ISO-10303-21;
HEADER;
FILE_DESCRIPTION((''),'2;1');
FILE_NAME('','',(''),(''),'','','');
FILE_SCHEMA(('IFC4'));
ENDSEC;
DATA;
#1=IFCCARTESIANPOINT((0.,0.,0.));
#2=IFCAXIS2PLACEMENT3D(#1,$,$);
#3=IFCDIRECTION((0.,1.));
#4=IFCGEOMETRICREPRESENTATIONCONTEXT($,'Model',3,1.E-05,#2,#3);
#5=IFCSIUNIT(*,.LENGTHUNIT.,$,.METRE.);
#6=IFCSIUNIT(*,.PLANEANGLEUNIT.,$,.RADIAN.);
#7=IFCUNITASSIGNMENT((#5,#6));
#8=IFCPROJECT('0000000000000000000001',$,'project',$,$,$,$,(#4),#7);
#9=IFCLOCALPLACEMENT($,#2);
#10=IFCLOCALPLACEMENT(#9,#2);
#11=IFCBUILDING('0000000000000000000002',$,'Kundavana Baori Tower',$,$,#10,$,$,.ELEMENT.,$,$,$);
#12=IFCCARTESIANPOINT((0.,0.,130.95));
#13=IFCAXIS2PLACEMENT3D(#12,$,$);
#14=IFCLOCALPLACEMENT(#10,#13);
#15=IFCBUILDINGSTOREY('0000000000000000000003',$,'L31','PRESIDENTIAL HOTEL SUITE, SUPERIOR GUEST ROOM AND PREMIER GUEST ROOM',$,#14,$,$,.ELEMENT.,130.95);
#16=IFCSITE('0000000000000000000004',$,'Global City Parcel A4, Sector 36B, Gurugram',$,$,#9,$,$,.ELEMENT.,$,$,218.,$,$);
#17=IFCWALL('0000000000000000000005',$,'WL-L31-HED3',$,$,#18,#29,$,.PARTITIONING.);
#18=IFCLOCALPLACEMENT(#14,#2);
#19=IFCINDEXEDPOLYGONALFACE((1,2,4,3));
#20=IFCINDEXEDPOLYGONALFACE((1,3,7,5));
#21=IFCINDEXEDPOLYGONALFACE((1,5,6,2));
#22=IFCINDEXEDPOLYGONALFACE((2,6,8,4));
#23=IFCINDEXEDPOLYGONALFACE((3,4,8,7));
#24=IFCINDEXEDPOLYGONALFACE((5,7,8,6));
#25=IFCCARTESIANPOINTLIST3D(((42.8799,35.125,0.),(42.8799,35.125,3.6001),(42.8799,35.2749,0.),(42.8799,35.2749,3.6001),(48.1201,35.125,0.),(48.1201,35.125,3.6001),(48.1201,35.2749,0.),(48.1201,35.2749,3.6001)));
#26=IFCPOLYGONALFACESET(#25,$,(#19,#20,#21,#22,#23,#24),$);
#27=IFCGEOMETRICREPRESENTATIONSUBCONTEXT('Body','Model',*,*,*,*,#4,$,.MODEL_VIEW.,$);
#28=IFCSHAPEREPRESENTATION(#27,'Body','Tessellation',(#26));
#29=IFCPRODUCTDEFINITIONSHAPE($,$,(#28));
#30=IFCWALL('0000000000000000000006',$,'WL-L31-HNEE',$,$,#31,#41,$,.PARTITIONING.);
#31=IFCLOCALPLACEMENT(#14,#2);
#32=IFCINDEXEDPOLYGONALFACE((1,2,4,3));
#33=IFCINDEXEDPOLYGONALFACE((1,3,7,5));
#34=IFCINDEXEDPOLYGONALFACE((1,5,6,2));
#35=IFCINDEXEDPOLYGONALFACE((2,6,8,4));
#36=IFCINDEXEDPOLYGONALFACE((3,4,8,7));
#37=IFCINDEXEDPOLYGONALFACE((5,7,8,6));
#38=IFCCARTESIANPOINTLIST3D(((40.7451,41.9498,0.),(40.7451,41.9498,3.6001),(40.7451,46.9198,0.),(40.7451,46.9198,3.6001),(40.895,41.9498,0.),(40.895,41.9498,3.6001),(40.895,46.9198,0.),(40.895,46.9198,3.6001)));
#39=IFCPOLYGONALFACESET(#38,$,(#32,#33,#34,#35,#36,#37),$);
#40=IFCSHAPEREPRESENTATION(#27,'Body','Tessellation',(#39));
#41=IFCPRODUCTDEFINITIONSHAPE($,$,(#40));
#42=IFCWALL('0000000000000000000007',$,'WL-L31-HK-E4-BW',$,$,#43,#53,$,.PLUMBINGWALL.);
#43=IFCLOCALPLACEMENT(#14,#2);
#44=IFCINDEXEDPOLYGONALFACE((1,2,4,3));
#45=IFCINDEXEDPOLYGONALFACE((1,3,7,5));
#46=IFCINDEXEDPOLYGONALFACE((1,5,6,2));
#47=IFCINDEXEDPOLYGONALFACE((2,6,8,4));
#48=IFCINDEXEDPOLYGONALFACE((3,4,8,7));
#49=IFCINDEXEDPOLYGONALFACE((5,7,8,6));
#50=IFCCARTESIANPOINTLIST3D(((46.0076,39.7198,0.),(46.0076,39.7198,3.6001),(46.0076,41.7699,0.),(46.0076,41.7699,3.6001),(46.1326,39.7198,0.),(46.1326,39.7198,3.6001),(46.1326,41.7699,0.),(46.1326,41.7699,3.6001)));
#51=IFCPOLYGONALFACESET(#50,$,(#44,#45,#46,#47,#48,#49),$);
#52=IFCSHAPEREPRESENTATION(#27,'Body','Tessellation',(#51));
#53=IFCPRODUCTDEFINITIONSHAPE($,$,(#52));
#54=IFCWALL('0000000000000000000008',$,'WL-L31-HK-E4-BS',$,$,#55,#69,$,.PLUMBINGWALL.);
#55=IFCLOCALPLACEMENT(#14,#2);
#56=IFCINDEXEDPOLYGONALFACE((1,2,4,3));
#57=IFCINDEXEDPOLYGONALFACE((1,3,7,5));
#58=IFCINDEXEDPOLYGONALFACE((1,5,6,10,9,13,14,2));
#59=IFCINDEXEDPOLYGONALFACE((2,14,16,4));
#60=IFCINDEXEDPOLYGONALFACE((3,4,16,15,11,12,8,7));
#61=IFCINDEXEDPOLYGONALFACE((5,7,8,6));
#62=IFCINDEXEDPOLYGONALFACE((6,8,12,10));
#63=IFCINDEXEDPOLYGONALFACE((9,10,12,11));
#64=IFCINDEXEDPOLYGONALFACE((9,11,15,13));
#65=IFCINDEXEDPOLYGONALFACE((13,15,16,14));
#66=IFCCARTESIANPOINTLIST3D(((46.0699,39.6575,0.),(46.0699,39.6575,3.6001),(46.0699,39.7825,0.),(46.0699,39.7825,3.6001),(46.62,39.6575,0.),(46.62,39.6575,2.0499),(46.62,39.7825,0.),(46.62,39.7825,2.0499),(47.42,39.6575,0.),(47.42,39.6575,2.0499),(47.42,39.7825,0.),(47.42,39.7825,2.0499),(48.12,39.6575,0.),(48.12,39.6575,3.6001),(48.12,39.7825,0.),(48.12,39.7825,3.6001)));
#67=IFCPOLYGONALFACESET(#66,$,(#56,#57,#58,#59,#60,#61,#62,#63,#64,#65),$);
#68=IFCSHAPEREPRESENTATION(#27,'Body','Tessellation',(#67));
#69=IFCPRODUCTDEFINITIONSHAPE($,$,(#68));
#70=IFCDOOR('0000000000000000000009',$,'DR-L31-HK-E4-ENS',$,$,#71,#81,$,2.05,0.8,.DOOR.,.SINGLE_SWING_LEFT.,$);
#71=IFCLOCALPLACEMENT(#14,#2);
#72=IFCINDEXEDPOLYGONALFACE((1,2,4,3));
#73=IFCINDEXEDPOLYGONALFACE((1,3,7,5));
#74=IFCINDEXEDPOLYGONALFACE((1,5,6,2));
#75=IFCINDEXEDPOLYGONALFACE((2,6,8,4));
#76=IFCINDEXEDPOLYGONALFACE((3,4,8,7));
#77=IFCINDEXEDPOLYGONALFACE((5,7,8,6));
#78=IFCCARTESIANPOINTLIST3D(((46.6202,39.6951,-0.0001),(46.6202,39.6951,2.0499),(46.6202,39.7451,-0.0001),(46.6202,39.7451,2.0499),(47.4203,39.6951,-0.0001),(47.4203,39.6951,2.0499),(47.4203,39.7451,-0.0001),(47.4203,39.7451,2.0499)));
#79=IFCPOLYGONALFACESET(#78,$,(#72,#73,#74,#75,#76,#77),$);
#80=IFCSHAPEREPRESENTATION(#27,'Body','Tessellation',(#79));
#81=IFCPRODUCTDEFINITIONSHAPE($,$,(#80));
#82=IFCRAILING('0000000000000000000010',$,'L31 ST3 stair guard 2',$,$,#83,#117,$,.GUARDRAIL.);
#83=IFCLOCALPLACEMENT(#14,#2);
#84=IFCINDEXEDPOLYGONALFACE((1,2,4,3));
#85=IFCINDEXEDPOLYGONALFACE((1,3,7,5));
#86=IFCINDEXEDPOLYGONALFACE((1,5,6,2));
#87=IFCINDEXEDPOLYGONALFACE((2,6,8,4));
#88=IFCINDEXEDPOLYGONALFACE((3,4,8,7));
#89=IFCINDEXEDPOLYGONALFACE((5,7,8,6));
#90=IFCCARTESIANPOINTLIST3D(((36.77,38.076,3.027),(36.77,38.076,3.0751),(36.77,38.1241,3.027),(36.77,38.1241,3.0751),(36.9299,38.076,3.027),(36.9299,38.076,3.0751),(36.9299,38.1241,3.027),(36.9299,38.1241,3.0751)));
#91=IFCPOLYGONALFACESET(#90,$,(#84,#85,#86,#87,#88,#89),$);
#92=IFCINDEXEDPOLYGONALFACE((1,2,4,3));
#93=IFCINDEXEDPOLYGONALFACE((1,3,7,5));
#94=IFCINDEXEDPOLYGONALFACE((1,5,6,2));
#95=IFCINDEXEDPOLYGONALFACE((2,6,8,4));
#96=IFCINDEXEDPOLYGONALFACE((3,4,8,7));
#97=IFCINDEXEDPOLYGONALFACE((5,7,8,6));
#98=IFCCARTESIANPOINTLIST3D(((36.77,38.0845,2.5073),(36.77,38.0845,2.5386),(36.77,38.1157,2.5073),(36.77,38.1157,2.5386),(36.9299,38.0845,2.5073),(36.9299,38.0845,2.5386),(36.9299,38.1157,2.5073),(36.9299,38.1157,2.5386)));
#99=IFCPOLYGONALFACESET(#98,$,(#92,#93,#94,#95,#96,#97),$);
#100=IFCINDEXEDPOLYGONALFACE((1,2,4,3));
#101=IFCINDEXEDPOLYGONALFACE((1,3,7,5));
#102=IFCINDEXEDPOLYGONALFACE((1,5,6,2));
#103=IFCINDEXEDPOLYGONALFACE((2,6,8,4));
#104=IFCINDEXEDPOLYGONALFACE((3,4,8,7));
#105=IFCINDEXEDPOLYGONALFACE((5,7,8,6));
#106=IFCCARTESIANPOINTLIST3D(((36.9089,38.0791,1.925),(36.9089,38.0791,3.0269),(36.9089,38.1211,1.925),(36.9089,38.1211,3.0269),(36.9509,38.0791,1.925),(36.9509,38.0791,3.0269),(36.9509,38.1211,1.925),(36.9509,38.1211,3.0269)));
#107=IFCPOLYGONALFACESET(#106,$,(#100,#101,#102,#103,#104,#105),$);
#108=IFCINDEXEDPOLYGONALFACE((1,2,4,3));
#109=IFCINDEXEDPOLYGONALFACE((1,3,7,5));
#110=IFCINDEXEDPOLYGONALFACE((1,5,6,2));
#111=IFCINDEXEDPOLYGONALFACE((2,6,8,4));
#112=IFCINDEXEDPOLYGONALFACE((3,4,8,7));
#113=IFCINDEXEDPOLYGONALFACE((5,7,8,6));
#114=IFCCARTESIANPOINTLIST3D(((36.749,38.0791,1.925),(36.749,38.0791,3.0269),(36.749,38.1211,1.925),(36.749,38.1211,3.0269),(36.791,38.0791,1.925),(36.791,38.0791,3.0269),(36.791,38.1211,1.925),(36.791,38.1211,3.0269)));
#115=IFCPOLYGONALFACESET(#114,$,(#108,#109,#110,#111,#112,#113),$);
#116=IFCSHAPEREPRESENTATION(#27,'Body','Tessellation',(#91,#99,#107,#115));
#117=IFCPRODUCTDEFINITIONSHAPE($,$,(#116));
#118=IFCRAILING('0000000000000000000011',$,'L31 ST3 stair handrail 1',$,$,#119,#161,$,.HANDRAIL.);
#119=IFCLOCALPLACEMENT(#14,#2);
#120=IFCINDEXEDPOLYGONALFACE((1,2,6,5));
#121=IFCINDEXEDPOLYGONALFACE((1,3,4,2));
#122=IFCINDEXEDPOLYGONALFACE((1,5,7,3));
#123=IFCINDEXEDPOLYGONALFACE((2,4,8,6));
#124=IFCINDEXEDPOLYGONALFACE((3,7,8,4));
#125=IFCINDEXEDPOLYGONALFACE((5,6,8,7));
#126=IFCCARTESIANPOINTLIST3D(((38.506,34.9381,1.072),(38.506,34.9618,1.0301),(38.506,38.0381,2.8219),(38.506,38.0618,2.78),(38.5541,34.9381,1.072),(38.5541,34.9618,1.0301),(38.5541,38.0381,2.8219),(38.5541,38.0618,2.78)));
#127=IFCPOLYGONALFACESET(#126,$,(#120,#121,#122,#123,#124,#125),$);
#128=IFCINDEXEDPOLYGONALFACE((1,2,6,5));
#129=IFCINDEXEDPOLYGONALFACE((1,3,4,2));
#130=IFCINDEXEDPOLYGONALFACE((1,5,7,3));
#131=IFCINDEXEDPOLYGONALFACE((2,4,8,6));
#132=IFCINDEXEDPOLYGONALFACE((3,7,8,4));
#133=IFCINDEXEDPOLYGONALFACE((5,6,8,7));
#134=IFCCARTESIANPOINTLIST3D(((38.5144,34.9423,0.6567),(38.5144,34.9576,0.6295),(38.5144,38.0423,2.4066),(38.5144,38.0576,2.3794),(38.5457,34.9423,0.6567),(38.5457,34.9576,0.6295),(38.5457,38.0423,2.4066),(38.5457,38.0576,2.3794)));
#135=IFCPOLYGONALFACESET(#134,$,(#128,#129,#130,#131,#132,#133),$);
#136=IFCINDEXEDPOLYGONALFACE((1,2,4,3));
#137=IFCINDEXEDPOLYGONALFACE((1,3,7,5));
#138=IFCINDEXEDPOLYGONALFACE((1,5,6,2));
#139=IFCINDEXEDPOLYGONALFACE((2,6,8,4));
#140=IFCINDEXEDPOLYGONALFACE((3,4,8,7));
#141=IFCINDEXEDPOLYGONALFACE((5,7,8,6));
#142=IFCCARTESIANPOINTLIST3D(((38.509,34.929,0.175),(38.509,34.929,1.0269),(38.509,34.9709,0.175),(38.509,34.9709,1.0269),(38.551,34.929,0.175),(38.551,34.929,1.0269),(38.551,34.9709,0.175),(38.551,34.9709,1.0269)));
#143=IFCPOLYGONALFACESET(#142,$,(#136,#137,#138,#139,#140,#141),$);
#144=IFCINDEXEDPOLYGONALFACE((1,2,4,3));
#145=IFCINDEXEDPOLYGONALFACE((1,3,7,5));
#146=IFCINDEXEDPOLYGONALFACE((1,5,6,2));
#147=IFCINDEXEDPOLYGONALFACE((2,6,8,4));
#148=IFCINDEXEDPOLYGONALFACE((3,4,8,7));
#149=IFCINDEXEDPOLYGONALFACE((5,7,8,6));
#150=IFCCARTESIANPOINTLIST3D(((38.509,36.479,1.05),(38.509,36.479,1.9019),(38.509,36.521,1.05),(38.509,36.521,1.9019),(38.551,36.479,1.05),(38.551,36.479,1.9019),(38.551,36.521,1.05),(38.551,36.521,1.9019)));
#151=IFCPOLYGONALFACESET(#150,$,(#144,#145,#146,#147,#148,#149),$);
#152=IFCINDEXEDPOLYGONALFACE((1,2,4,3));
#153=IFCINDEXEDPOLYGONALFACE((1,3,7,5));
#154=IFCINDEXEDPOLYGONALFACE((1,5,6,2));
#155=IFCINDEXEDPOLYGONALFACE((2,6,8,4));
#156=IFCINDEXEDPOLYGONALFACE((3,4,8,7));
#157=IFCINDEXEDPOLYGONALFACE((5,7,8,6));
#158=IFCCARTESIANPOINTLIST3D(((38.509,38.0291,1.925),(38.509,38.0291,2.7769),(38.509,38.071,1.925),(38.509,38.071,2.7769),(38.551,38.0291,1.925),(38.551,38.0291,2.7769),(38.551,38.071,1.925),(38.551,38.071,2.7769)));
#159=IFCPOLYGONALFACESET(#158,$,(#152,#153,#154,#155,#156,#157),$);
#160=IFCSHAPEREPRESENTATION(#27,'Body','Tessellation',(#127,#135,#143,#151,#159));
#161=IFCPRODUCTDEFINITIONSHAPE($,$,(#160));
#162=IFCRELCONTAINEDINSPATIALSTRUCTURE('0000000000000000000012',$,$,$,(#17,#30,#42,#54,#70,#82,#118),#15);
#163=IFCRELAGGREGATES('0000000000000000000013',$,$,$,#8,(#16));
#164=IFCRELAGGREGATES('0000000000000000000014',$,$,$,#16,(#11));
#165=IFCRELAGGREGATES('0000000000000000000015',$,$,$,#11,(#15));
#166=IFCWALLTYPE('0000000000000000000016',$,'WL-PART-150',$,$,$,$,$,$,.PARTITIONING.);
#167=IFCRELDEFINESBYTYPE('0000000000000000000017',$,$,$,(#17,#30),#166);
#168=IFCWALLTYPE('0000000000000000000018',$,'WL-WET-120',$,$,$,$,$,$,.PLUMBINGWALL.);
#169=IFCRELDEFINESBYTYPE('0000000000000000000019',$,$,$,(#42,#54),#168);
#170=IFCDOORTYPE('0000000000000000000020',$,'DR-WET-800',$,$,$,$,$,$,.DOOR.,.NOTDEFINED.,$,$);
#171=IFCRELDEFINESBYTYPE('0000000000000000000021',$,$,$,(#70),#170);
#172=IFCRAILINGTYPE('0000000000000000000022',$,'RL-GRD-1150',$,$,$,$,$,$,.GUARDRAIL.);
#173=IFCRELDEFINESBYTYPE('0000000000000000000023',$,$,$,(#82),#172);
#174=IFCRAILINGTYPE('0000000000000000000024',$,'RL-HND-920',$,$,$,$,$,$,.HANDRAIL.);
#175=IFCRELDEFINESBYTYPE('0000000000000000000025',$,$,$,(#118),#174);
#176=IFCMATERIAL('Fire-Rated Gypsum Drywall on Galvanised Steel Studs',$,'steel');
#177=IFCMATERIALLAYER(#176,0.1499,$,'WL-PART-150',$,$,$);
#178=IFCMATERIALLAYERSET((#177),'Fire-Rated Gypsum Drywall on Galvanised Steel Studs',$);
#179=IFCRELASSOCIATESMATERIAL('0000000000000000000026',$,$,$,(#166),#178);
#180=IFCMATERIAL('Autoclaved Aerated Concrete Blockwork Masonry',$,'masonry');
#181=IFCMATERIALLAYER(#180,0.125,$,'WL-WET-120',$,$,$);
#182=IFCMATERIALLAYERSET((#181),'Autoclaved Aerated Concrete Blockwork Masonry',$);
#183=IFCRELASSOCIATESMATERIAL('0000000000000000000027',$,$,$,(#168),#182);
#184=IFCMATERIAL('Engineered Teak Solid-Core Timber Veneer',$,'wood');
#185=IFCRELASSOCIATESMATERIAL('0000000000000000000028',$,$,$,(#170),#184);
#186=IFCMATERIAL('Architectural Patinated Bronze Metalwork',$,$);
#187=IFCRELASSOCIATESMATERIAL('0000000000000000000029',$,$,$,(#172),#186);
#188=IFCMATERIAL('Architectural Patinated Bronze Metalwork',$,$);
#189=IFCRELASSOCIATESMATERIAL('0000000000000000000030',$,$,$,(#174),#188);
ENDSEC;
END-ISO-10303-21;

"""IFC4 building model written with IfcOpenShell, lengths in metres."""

from ifc_helpers import new_model, si_unit, direction, frame, frame_2d, origin, origin_2d, place, context, subcontext, project, spatial, rectangle, extrude, material, layer, layer_set, type_object, element, fill, save


model = new_model("IFC4")

# Units and contexts
model_context = context("Model", 3, precision=1e-05, world=origin(), true_north=direction((0.0, 1.0)))
body_context = subcontext(model_context, "Body", "Model", "MODEL_VIEW")
ifc_project = project(units=[si_unit("LENGTHUNIT", "METRE"), si_unit("PLANEANGLEUNIT", "RADIAN")], contexts=[model_context])

# Site, building, storey
site_placement = place(None, origin())
site = spatial("IfcSite", under=ifc_project, at=site_placement, Name="Global City Parcel A4, Sector 36B, Gurugram", CompositionType="ELEMENT", RefElevation=218.0)
building_placement = place(site_placement, origin())
building = spatial("IfcBuilding", under=site, at=building_placement, Name="Kundavana Baori Tower", CompositionType="ELEMENT")
storey_placement = place(building_placement, frame((0.0, 0.0, 130.95)))
storey = spatial("IfcBuildingStorey", under=building, at=storey_placement, Name="L31", Description="PRESIDENTIAL HOTEL SUITE, SUPERIOR GUEST ROOM AND PREMIER GUEST ROOM", CompositionType="ELEMENT", Elevation=130.95)

# Walls
ifc_material_1 = material(Name="Fire-Rated Gypsum Drywall on Galvanised Steel Studs", Category="steel")
ifc_layer_1 = layer(ifc_material_1, 0.1499, Name="WL-PART-150")
ifc_layer_set_1 = layer_set([ifc_layer_1], Name="Fire-Rated Gypsum Drywall on Galvanised Steel Studs")
wall_type_1 = type_object("IfcWallType", Name="WL-PART-150", PredefinedType="PARTITIONING", material=ifc_layer_set_1)
wall_1_placement = place(storey_placement, frame((42.8799, 35.2, 0.0), z_axis=(0.0, 0.0, 1.0), x_axis=(1.0, 0.0, 0.0)))
element("IfcWall", 1, at=wall_1_placement, inside=storey, type_object=wall_type_1, Name="WL-L31-HED3", PredefinedType="PARTITIONING", context=body_context, shape_type="SweptSolid", body=[
    extrude(rectangle(XDim=5.2402, YDim=0.1499, at=frame_2d((2.6201, 0.0))), origin(), (0.0, 0.0, 1.0), 3.6001),
])
wall_2_placement = place(storey_placement, frame((40.8201, 41.95, 0.0), z_axis=(0.0, 0.0, 1.0), x_axis=(0.0, 1.0, 0.0)))
element("IfcWall", 2, at=wall_2_placement, inside=storey, type_object=wall_type_1, Name="WL-L31-HNEE", PredefinedType="PARTITIONING", context=body_context, shape_type="SweptSolid", body=[
    extrude(rectangle(XDim=4.97, YDim=0.1499, at=frame_2d((2.4849, 0.0))), origin(), (0.0, 0.0, 1.0), 3.6001),
])
ifc_material_2 = material(Name="Autoclaved Aerated Concrete Blockwork Masonry", Category="masonry")
ifc_layer_2 = layer(ifc_material_2, 0.125, Name="WL-WET-120")
ifc_layer_set_2 = layer_set([ifc_layer_2], Name="Autoclaved Aerated Concrete Blockwork Masonry")
wall_type_2 = type_object("IfcWallType", Name="WL-WET-120", PredefinedType="PLUMBINGWALL", material=ifc_layer_set_2)
wall_3_placement = place(storey_placement, frame((46.0701, 39.72, 0.0), z_axis=(0.0, 0.0, 1.0), x_axis=(0.0, 1.0, 0.0)))
element("IfcWall", 3, at=wall_3_placement, inside=storey, type_object=wall_type_2, Name="WL-L31-HK-E4-BW", PredefinedType="PLUMBINGWALL", context=body_context, shape_type="SweptSolid", body=[
    extrude(rectangle(XDim=2.05, YDim=0.125, at=frame_2d((1.0249, 0.0))), origin(), (0.0, 0.0, 1.0), 3.6001),
])

# Wall, opening, door
wall_4_placement = place(storey_placement, frame((46.0701, 39.72, 0.0), z_axis=(0.0, 0.0, 1.0), x_axis=(1.0, 0.0, 0.0)))
wall_4 = element("IfcWall", 4, at=wall_4_placement, inside=storey, type_object=wall_type_2, Name="WL-L31-HK-E4-BS", PredefinedType="PLUMBINGWALL", context=body_context, shape_type="SweptSolid", body=[
    extrude(rectangle(XDim=2.05, YDim=0.125, at=frame_2d((1.0249, 0.0))), origin(), (0.0, 0.0, 1.0), 3.6001),
])
opening_1_placement = place(wall_4_placement, frame((0.55, 0.0, 0.0)))
opening_1 = element("IfcOpeningElement", 5, at=opening_1_placement, cuts=wall_4, PredefinedType="OPENING", context=body_context, shape_type="SweptSolid", body=[
    extrude(rectangle(XDim=0.8, YDim=2.05, at=frame_2d((0.3999, 1.0249))), frame((0.0, 0.0725, 0.0), z_axis=(0.0, -1.0, 0.0), x_axis=(1.0, 0.0, 0.0)), (0.0, 0.0, 1.0), 0.145),
])
ifc_material_3 = material(Name="Engineered Teak Solid-Core Timber Veneer", Category="wood")
door_type_1 = type_object("IfcDoorType", Name="DR-WET-800", OperationType="NOTDEFINED", PredefinedType="DOOR", material=ifc_material_3)
door_1_placement = place(opening_1_placement, frame((0.8, 0.0, 0.0), z_axis=(0.0, 0.0, 1.0), x_axis=(-1.0, 0.0, 0.0)))
door_1 = element("IfcDoor", 6, at=door_1_placement, inside=storey, type_object=door_type_1, Name="DR-L31-HK-E4-ENS", OperationType="SINGLE_SWING_LEFT", OverallHeight=2.05, OverallWidth=0.8, PredefinedType="DOOR", context=body_context, shape_type="SweptSolid", body=[
    extrude(rectangle(XDim=0.8, YDim=2.05, at=frame_2d((0.3999, 1.0249))), frame((0.0, 0.0249, 0.0), z_axis=(0.0, -1.0, 0.0), x_axis=(1.0, 0.0, 0.0)), (0.0, 0.0, 1.0), 0.05),
])
fill(opening_1, door_1)

# Railings
ifc_material_4 = material(Name="Architectural Patinated Bronze Metalwork")
railing_type_1 = type_object("IfcRailingType", Name="RL-GRD-1150", PredefinedType="GUARDRAIL", material=ifc_material_4)
railing_1_placement = place(storey_placement, frame((36.9299, 38.1001, 1.925)))
element("IfcRailing", 7, at=railing_1_placement, inside=storey, type_object=railing_type_1, Name="L31 ST3 stair guard 2", PredefinedType="GUARDRAIL", context=body_context, shape_type="SweptSolid", body=[
    extrude(rectangle(XDim=0.0481, YDim=0.0481, at=origin_2d()), frame((0.0, 0.0, 1.126), z_axis=(-1.0, 0.0, 0.0), x_axis=(0.0, -1.0, 0.0)), (0.0, 0.0, 1.0), 0.1599),
    extrude(rectangle(XDim=0.0312, YDim=0.0312, at=origin_2d()), frame((0.0, 0.0, 0.5979), z_axis=(-1.0, 0.0, 0.0), x_axis=(0.0, -1.0, 0.0)), (0.0, 0.0, 1.0), 0.1599),
    extrude(rectangle(XDim=0.042, YDim=0.042, at=origin_2d()), origin(), (0.0, 0.0, 1.0), 1.1018),
    extrude(rectangle(XDim=0.042, YDim=0.042, at=origin_2d()), frame((-0.1599, 0.0, 0.0)), (0.0, 0.0, 1.0), 1.1018),
])
ifc_material_5 = material(Name="Architectural Patinated Bronze Metalwork")
railing_type_2 = type_object("IfcRailingType", Name="RL-HND-920", PredefinedType="HANDRAIL", material=ifc_material_5)
railing_2_placement = place(storey_placement, frame((38.53, 34.95, 0.175)))
element("IfcRailing", 8, at=railing_2_placement, inside=storey, type_object=railing_type_2, Name="L31 ST3 stair handrail 1", PredefinedType="HANDRAIL", context=body_context, shape_type="SweptSolid", body=[
    extrude(rectangle(XDim=0.0481, YDim=0.0481, at=origin_2d()), frame((0.0, 0.0, 0.876), z_axis=(0.0, 0.870831, 0.491583), x_axis=(-1.0, 0.0, 0.0)), (0.0, 0.0, 1.0), 3.5598),
    extrude(rectangle(XDim=0.0312, YDim=0.0312, at=origin_2d()), frame((0.0, 0.0, 0.468), z_axis=(0.0, 0.870831, 0.491583), x_axis=(-1.0, 0.0, 0.0)), (0.0, 0.0, 1.0), 3.5598),
    extrude(rectangle(XDim=0.042, YDim=0.042, at=origin_2d()), origin(), (0.0, 0.0, 1.0), 0.8518),
    extrude(rectangle(XDim=0.042, YDim=0.042, at=origin_2d()), frame((0.0, 1.55, 0.875)), (0.0, 0.0, 1.0), 0.8518),
    extrude(rectangle(XDim=0.042, YDim=0.042, at=origin_2d()), frame((0.0, 3.1001, 1.75)), (0.0, 0.0, 1.0), 0.8518),
])

save(model, "model.ifc")
